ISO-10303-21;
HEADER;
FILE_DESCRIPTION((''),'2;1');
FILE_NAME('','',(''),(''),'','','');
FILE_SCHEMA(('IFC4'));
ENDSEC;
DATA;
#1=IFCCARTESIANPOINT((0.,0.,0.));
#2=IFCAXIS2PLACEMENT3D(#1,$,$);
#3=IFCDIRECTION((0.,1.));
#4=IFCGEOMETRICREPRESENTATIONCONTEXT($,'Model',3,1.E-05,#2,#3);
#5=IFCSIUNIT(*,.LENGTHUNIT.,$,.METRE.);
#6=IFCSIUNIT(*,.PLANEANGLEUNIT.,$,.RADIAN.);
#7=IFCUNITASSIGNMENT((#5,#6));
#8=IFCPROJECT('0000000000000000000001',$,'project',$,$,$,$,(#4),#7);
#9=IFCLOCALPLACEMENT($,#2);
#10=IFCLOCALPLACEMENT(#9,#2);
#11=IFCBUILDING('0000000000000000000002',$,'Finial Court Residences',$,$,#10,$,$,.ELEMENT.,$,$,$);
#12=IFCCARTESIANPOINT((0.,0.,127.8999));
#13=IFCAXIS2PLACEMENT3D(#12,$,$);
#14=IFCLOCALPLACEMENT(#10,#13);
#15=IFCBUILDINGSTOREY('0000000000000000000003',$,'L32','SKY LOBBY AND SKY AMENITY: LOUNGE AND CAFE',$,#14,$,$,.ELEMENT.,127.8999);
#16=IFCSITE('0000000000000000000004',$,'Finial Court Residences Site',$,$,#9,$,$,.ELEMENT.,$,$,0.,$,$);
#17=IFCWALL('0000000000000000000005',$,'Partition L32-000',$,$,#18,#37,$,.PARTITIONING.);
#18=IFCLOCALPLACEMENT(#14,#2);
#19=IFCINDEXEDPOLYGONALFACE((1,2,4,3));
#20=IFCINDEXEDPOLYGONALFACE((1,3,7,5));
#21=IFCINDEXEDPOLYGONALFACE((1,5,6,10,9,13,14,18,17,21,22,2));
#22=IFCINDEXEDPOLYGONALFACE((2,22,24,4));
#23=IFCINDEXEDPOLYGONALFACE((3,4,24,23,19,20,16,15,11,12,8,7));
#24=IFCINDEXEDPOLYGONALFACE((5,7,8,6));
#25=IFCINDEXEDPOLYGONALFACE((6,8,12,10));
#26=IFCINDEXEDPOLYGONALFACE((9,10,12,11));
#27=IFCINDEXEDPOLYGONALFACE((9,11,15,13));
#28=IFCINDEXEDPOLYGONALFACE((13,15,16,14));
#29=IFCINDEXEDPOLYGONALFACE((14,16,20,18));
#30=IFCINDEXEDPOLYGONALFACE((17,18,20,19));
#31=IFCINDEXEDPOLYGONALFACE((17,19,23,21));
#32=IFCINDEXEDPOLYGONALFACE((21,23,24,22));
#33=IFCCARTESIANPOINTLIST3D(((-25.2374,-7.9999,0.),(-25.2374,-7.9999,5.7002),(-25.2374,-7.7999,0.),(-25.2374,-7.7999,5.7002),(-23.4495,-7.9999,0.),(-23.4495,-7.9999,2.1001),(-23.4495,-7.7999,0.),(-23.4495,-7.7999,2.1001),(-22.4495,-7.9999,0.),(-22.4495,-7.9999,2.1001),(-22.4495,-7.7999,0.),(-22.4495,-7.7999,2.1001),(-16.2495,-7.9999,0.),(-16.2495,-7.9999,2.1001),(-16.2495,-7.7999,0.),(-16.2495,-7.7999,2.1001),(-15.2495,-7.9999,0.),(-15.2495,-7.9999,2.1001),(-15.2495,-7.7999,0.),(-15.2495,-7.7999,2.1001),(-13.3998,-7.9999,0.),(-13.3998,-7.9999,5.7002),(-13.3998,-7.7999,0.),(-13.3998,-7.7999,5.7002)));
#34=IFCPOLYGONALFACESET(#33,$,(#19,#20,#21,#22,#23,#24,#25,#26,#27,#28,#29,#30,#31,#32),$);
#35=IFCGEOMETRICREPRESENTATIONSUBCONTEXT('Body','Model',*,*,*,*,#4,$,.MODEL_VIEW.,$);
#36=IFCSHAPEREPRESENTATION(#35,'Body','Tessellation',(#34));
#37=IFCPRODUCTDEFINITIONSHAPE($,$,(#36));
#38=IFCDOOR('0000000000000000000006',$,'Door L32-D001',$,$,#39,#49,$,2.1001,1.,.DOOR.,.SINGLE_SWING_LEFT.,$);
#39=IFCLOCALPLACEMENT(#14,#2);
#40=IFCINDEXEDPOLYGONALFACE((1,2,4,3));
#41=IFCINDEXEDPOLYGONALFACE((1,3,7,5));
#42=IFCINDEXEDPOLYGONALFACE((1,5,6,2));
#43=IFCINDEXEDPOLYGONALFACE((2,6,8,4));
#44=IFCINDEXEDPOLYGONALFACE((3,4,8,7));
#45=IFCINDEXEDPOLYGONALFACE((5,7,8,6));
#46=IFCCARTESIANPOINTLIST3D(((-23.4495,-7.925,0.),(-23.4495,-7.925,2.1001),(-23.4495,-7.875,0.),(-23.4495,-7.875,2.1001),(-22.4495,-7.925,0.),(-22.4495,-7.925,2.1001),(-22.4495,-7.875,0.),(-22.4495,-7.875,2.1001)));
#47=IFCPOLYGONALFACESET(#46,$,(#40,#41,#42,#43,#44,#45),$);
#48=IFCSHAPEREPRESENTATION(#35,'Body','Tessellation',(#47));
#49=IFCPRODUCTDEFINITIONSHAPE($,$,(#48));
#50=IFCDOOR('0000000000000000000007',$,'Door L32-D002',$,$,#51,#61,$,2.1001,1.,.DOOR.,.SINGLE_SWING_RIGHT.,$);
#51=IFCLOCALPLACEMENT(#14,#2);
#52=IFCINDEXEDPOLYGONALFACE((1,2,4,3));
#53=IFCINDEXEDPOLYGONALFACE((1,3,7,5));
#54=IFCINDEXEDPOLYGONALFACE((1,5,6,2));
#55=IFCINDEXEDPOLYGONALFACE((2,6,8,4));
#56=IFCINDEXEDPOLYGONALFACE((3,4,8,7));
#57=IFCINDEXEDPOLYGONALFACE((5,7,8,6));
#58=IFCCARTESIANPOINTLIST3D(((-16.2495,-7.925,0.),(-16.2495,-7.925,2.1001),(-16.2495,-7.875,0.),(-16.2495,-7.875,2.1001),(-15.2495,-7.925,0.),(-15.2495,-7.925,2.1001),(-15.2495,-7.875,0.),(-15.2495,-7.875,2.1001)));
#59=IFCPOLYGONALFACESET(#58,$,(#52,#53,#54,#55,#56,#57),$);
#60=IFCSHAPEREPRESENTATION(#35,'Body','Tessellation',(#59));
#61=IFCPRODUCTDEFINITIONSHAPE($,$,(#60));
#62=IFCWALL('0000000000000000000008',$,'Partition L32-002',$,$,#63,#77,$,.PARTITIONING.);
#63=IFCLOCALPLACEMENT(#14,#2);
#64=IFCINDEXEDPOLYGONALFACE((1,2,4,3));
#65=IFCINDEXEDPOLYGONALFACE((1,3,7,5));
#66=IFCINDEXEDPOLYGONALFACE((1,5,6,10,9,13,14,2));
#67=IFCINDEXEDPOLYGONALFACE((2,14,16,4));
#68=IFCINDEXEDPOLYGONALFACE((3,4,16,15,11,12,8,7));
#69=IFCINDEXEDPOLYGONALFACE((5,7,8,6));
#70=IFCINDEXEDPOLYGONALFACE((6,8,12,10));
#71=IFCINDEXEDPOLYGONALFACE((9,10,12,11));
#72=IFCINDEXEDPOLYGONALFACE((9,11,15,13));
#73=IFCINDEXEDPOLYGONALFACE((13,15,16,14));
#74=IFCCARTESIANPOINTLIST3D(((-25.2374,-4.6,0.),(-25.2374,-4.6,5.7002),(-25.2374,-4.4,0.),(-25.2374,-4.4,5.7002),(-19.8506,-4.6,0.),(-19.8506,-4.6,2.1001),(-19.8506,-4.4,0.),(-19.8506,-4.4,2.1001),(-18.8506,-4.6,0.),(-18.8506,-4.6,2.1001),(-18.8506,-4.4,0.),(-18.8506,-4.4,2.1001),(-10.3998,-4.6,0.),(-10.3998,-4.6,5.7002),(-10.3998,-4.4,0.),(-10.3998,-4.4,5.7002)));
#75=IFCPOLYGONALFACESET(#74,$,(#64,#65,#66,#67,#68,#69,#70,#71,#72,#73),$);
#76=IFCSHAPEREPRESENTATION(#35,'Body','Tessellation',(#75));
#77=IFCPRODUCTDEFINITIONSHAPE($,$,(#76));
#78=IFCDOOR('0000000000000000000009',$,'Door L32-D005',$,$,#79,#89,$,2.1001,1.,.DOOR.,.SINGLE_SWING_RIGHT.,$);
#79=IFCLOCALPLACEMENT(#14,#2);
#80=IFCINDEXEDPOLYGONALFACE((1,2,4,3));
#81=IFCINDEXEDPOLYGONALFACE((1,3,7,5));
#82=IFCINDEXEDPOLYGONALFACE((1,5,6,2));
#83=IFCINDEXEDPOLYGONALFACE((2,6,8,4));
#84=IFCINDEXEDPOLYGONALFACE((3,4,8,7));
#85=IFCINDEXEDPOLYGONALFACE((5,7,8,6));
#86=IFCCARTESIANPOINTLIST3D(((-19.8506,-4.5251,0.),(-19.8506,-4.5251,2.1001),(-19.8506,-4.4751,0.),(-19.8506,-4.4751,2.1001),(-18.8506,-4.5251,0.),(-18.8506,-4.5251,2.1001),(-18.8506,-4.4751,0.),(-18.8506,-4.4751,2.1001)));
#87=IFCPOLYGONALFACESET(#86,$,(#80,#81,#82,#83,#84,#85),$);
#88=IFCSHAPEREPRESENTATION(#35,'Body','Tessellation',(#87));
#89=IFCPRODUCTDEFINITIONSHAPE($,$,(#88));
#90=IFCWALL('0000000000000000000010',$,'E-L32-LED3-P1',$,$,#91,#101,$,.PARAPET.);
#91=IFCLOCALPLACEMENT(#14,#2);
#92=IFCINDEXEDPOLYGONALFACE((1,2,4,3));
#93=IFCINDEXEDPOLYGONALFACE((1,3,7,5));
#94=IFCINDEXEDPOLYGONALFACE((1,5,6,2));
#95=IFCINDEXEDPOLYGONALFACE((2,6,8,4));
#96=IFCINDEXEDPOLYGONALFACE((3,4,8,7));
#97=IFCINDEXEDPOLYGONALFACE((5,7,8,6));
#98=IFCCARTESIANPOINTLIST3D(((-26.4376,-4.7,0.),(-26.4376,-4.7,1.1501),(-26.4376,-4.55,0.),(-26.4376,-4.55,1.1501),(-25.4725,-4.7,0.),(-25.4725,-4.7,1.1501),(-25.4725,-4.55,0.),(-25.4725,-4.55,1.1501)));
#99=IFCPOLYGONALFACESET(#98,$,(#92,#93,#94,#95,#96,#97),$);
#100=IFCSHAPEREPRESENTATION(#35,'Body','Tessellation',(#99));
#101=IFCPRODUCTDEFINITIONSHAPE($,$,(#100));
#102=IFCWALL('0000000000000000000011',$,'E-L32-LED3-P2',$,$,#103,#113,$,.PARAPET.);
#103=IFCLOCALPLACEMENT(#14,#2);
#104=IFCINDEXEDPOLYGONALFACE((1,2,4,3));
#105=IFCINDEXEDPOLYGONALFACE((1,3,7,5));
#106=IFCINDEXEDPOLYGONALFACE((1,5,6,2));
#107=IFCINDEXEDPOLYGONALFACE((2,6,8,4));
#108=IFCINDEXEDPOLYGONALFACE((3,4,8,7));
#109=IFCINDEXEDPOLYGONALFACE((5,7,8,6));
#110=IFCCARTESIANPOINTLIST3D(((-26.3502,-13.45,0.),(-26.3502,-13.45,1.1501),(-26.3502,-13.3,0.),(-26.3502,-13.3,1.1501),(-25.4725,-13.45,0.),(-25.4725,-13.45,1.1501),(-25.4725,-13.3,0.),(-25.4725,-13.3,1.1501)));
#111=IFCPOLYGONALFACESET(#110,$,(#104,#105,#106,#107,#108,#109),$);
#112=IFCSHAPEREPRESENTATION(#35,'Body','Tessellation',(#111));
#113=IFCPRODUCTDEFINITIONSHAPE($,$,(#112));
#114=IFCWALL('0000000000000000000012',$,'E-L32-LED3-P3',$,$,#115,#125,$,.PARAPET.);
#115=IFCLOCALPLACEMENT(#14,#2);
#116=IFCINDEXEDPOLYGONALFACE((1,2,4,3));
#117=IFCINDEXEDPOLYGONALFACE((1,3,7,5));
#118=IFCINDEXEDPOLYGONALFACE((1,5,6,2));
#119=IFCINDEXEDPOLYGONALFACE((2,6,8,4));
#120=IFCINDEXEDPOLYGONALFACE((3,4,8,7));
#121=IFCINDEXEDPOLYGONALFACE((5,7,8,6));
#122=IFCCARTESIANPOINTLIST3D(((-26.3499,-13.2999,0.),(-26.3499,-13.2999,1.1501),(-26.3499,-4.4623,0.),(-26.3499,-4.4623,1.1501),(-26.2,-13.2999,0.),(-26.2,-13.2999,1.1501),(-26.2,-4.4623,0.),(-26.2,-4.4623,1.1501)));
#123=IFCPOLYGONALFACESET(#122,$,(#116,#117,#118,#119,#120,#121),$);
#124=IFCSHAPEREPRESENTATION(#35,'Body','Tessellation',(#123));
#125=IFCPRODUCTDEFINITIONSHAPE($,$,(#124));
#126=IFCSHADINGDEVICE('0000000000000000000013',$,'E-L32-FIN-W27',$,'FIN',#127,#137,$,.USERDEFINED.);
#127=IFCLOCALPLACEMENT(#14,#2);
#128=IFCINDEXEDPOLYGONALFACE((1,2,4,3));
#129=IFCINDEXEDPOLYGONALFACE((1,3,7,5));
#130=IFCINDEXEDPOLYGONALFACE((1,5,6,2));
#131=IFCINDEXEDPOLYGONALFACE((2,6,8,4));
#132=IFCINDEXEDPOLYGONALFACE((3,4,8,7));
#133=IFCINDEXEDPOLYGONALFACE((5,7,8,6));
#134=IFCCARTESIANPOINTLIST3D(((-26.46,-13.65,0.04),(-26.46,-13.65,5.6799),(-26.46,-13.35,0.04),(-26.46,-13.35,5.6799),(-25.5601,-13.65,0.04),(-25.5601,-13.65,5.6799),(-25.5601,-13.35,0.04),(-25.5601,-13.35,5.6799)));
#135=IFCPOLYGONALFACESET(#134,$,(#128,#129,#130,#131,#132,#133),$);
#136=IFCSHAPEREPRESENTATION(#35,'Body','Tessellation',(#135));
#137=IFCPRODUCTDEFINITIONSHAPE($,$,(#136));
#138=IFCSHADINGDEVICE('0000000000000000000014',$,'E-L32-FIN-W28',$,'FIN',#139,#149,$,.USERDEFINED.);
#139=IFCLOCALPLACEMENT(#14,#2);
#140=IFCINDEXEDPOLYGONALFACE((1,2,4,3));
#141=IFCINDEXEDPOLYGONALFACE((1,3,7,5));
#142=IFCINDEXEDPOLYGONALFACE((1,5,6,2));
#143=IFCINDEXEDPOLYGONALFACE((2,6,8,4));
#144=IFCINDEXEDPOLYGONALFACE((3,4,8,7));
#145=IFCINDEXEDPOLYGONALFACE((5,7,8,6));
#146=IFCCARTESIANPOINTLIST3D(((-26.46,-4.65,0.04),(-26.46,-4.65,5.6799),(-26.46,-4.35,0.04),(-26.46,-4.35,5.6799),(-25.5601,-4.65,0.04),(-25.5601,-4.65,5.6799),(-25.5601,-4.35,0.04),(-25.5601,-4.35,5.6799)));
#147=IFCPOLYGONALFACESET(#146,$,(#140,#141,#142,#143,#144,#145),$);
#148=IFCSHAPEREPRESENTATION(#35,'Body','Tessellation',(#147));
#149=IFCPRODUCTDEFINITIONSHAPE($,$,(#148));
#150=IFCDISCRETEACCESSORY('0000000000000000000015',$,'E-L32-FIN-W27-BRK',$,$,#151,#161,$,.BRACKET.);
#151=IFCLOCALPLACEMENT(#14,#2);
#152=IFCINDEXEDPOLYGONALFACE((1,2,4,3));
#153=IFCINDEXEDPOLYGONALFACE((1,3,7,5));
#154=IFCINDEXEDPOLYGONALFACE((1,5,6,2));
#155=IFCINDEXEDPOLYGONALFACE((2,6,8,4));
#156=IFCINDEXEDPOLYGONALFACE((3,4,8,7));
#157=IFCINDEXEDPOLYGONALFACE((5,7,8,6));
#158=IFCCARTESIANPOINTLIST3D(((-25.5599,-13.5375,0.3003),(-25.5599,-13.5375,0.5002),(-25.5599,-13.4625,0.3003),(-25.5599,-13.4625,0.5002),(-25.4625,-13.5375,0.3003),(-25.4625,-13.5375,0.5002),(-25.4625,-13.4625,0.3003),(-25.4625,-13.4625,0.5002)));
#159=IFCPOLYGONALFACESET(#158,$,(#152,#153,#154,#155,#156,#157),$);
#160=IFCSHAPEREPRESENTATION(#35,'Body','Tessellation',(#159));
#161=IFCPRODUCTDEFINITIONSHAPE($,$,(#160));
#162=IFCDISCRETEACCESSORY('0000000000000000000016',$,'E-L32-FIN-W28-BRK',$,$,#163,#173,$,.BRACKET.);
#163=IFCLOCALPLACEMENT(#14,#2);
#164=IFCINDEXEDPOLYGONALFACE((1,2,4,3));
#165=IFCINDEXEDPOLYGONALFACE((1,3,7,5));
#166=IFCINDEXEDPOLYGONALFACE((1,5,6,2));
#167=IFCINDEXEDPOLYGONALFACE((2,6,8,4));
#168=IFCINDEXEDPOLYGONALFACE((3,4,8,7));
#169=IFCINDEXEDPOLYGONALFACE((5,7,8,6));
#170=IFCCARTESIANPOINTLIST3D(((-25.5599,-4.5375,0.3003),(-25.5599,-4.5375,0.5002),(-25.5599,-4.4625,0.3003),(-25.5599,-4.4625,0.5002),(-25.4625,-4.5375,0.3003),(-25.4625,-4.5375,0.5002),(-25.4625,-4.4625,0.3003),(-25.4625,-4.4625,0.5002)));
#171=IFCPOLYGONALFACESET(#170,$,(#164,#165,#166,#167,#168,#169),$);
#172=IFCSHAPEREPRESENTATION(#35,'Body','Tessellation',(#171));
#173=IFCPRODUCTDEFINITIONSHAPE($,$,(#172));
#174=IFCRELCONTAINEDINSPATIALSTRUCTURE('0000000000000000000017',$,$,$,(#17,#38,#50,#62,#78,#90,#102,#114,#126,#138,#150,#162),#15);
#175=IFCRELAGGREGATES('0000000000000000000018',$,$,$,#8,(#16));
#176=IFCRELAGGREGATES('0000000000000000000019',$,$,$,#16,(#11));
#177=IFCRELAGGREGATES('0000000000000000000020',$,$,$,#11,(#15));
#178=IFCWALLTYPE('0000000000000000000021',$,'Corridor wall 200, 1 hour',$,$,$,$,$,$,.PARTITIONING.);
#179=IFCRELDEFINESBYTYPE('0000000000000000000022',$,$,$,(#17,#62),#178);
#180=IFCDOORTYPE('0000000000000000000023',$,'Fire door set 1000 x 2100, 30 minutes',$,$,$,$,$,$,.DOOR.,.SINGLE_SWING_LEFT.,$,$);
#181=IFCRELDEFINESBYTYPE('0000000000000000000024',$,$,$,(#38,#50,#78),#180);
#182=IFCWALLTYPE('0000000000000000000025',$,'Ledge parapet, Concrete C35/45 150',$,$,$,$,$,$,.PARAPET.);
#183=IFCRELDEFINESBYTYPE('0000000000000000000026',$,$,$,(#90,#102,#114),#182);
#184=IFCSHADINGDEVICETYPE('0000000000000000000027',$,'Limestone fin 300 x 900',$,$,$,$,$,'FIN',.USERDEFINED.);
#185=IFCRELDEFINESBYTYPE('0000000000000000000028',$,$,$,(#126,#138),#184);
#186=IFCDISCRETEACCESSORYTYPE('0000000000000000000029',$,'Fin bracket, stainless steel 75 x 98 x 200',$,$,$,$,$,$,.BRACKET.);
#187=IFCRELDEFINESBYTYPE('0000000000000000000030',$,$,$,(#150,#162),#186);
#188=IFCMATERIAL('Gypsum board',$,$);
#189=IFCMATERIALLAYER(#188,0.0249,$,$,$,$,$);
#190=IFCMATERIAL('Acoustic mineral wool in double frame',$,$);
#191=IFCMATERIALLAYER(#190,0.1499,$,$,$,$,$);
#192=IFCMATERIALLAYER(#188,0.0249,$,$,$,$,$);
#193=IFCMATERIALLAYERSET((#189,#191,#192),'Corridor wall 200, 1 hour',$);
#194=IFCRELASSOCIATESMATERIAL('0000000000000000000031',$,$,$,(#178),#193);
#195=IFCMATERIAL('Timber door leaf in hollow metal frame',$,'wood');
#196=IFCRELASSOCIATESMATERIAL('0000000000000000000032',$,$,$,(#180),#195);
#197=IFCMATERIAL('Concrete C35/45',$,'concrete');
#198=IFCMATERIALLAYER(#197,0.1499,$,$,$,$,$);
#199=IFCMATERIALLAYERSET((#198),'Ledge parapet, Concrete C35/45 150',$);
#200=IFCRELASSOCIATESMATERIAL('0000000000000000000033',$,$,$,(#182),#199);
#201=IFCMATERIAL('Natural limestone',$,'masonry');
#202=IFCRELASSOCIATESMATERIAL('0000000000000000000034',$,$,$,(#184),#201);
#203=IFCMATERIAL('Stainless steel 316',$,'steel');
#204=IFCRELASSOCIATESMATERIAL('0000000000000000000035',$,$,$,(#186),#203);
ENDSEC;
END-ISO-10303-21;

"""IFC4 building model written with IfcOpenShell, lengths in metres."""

from ifc_helpers import new_model, si_unit, direction, frame, frame_2d, origin, origin_2d, place, context, subcontext, project, spatial, rectangle, extrude, material, layer, layer_set, type_object, element, fill, save


model = new_model("IFC4")

# Units and contexts
model_context = context("Model", 3, precision=1e-05, world=origin(), true_north=direction((0.0, 1.0)))
body_context = subcontext(model_context, "Body", "Model", "MODEL_VIEW")
ifc_project = project(units=[si_unit("LENGTHUNIT", "METRE"), si_unit("PLANEANGLEUNIT", "RADIAN")], contexts=[model_context])

# Site, building, storey
site_placement = place(None, origin())
site = spatial("IfcSite", under=ifc_project, at=site_placement, Name="Finial Court Residences Site", CompositionType="ELEMENT", RefElevation=0.0)
building_placement = place(site_placement, origin())
building = spatial("IfcBuilding", under=site, at=building_placement, Name="Finial Court Residences", CompositionType="ELEMENT")
storey_placement = place(building_placement, frame((0.0, 0.0, 127.8999)))
storey = spatial("IfcBuildingStorey", under=building, at=storey_placement, Name="L32", Description="SKY LOBBY AND SKY AMENITY: LOUNGE AND CAFE", CompositionType="ELEMENT", Elevation=127.8999)

# Wall, openings, doors
ifc_material_1 = material(Name="Gypsum board")
ifc_layer_1 = layer(ifc_material_1, 0.0249)
ifc_material_2 = material(Name="Acoustic mineral wool in double frame")
ifc_layer_2 = layer(ifc_material_2, 0.1499)
ifc_layer_3 = layer(ifc_material_1, 0.0249)
ifc_layer_set_1 = layer_set([ifc_layer_1, ifc_layer_2, ifc_layer_3], Name="Corridor wall 200, 1 hour")
wall_type_1 = type_object("IfcWallType", Name="Corridor wall 200, 1 hour", PredefinedType="PARTITIONING", material=ifc_layer_set_1)
wall_1_placement = place(storey_placement, frame((-25.2375, -7.8999, 0.0), z_axis=(0.0, 0.0, 1.0), x_axis=(1.0, 0.0, 0.0)))
wall_1 = element("IfcWall", 1, at=wall_1_placement, inside=storey, type_object=wall_type_1, Name="Partition L32-000", PredefinedType="PARTITIONING", context=body_context, shape_type="SweptSolid", body=[
    extrude(rectangle(XDim=11.8376, YDim=0.2, at=frame_2d((5.9189, 0.0))), origin(), (0.0, 0.0, 1.0), 5.7002),
])
opening_1_placement = place(wall_1_placement, frame((1.7881, 0.0, 0.0)))
opening_1 = element("IfcOpeningElement", 2, at=opening_1_placement, cuts=wall_1, PredefinedType="OPENING", context=body_context, shape_type="SweptSolid", body=[
    extrude(rectangle(XDim=1.0, YDim=2.1001, at=frame_2d((0.5, 1.05))), frame((0.0, 0.1099, 0.0), z_axis=(0.0, -1.0, 0.0), x_axis=(1.0, 0.0, 0.0)), (0.0, 0.0, 1.0), 0.22),
])
opening_2_placement = place(wall_1_placement, frame((8.988, 0.0, 0.0)))
opening_2 = element("IfcOpeningElement", 3, at=opening_2_placement, cuts=wall_1, PredefinedType="OPENING", context=body_context, shape_type="SweptSolid", body=[
    extrude(rectangle(XDim=1.0, YDim=2.1001, at=frame_2d((0.5, 1.05))), frame((0.0, 0.1099, 0.0), z_axis=(0.0, -1.0, 0.0), x_axis=(1.0, 0.0, 0.0)), (0.0, 0.0, 1.0), 0.22),
])
ifc_material_3 = material(Name="Timber door leaf in hollow metal frame", Category="wood")
door_type = type_object("IfcDoorType", Name="Fire door set 1000 x 2100, 30 minutes", OperationType="SINGLE_SWING_LEFT", PredefinedType="DOOR", material=ifc_material_3)
door_1_placement = place(opening_1_placement, origin())
door_1 = element("IfcDoor", 4, at=door_1_placement, inside=storey, type_object=door_type, Name="Door L32-D001", OperationType="SINGLE_SWING_LEFT", OverallHeight=2.1001, OverallWidth=1.0, PredefinedType="DOOR", context=body_context, shape_type="SweptSolid", body=[
    extrude(rectangle(XDim=1.0, YDim=2.1001, at=frame_2d((0.5, 1.05))), frame((0.0, 0.0249, 0.0), z_axis=(0.0, -1.0, 0.0), x_axis=(1.0, 0.0, 0.0)), (0.0, 0.0, 1.0), 0.05),
])
fill(opening_1, door_1)
door_2_placement = place(opening_2_placement, origin())
door_2 = element("IfcDoor", 5, at=door_2_placement, inside=storey, type_object=door_type, Name="Door L32-D002", OperationType="SINGLE_SWING_RIGHT", OverallHeight=2.1001, OverallWidth=1.0, PredefinedType="DOOR", context=body_context, shape_type="SweptSolid", body=[
    extrude(rectangle(XDim=1.0, YDim=2.1001, at=frame_2d((0.5, 1.05))), frame((0.0, 0.0249, 0.0), z_axis=(0.0, -1.0, 0.0), x_axis=(1.0, 0.0, 0.0)), (0.0, 0.0, 1.0), 0.05),
])
fill(opening_2, door_2)

# Wall, opening, door
wall_2_placement = place(storey_placement, frame((-25.2375, -4.5, 0.0), z_axis=(0.0, 0.0, 1.0), x_axis=(1.0, 0.0, 0.0)))
wall_2 = element("IfcWall", 6, at=wall_2_placement, inside=storey, type_object=wall_type_1, Name="Partition L32-002", PredefinedType="PARTITIONING", context=body_context, shape_type="SweptSolid", body=[
    extrude(rectangle(XDim=14.8376, YDim=0.2, at=frame_2d((7.4189, 0.0))), origin(), (0.0, 0.0, 1.0), 5.7002),
])
opening_3_placement = place(wall_2_placement, frame((5.387, 0.0, 0.0)))
opening_3 = element("IfcOpeningElement", 7, at=opening_3_placement, cuts=wall_2, PredefinedType="OPENING", context=body_context, shape_type="SweptSolid", body=[
    extrude(rectangle(XDim=1.0, YDim=2.1001, at=frame_2d((0.5, 1.05))), frame((0.0, 0.1099, 0.0), z_axis=(0.0, -1.0, 0.0), x_axis=(1.0, 0.0, 0.0)), (0.0, 0.0, 1.0), 0.22),
])
door_3_placement = place(opening_3_placement, origin())
door_3 = element("IfcDoor", 8, at=door_3_placement, inside=storey, type_object=door_type, Name="Door L32-D005", OperationType="SINGLE_SWING_RIGHT", OverallHeight=2.1001, OverallWidth=1.0, PredefinedType="DOOR", context=body_context, shape_type="SweptSolid", body=[
    extrude(rectangle(XDim=1.0, YDim=2.1001, at=frame_2d((0.5, 1.05))), frame((0.0, 0.0249, 0.0), z_axis=(0.0, -1.0, 0.0), x_axis=(1.0, 0.0, 0.0)), (0.0, 0.0, 1.0), 0.05),
])
fill(opening_3, door_3)

# Walls
ifc_material_4 = material(Name="Concrete C35/45", Category="concrete")
ifc_layer_4 = layer(ifc_material_4, 0.1499)
ifc_layer_set_2 = layer_set([ifc_layer_4], Name="Ledge parapet, Concrete C35/45 150")
wall_type_2 = type_object("IfcWallType", Name="Ledge parapet, Concrete C35/45 150", PredefinedType="PARAPET", material=ifc_layer_set_2)
wall_3_placement = place(storey_placement, frame((-26.4375, -4.625, 0.0), z_axis=(0.0, 0.0, 1.0), x_axis=(1.0, 0.0, 0.0)))
element("IfcWall", 9, at=wall_3_placement, inside=storey, type_object=wall_type_2, Name="E-L32-LED3-P1", PredefinedType="PARAPET", context=body_context, shape_type="SweptSolid", body=[
    extrude(rectangle(XDim=0.9651, YDim=0.1499, at=frame_2d((0.4824, 0.0))), origin(), (0.0, 0.0, 1.0), 1.1501),
])
wall_4_placement = place(storey_placement, frame((-25.4724, -13.375, 0.0), z_axis=(0.0, 0.0, 1.0), x_axis=(-1.0, 0.0, 0.0)))
element("IfcWall", 10, at=wall_4_placement, inside=storey, type_object=wall_type_2, Name="E-L32-LED3-P2", PredefinedType="PARAPET", context=body_context, shape_type="SweptSolid", body=[
    extrude(rectangle(XDim=0.8777, YDim=0.1499, at=frame_2d((0.439, 0.0))), origin(), (0.0, 0.0, 1.0), 1.1501),
])
wall_5_placement = place(storey_placement, frame((-26.2749, -13.3, 0.0), z_axis=(0.0, 0.0, 1.0), x_axis=(0.0, 1.0, 0.0)))
element("IfcWall", 11, at=wall_5_placement, inside=storey, type_object=wall_type_2, Name="E-L32-LED3-P3", PredefinedType="PARAPET", context=body_context, shape_type="SweptSolid", body=[
    extrude(rectangle(XDim=8.8376, YDim=0.1499, at=frame_2d((4.4189, 0.0))), origin(), (0.0, 0.0, 1.0), 1.1501),
])

# Shading devices
ifc_material_5 = material(Name="Natural limestone", Category="masonry")
shading_device_type = type_object("IfcShadingDeviceType", Name="Limestone fin 300 x 900", ElementType="FIN", PredefinedType="USERDEFINED", material=ifc_material_5)
for number, where, z_axis, x_axis, name in (
    (12, (-26.01, -13.5, 0.04), (0.0, 0.0, 1.0), (1.0, 0.0, 0.0), "E-L32-FIN-W27"),
    (13, (-26.01, -4.5, 0.04), (0.0, 0.0, 1.0), (1.0, 0.0, 0.0), "E-L32-FIN-W28"),
):
    element("IfcShadingDevice", number, at=place(storey_placement, frame(where, z_axis=z_axis, x_axis=x_axis)), inside=storey, type_object=shading_device_type, Name=name, ObjectType="FIN", PredefinedType="USERDEFINED", context=body_context, shape_type="SweptSolid", body=[
        extrude(rectangle(XDim=0.8999, YDim=0.3, at=origin_2d()), origin(), (0.0, 0.0, 1.0), 5.6399),
    ])

# Discrete accessories
ifc_material_6 = material(Name="Stainless steel 316", Category="steel")
discrete_accessory_type = type_object("IfcDiscreteAccessoryType", Name="Fin bracket, stainless steel 75 x 98 x 200", PredefinedType="BRACKET", material=ifc_material_6)
for number, where, z_axis, x_axis, name in (
    (14, (-25.5112, -13.5, 0.3003), (0.0, 0.0, 1.0), (1.0, 0.0, 0.0), "E-L32-FIN-W27-BRK"),
    (15, (-25.5112, -4.5, 0.3003), (0.0, 0.0, 1.0), (1.0, 0.0, 0.0), "E-L32-FIN-W28-BRK"),
):
    element("IfcDiscreteAccessory", number, at=place(storey_placement, frame(where, z_axis=z_axis, x_axis=x_axis)), inside=storey, type_object=discrete_accessory_type, Name=name, PredefinedType="BRACKET", context=body_context, shape_type="SweptSolid", body=[
        extrude(rectangle(XDim=0.0974, YDim=0.075, at=origin_2d()), origin(), (0.0, 0.0, 1.0), 0.2),
    ])

save(model, "model.ifc")
